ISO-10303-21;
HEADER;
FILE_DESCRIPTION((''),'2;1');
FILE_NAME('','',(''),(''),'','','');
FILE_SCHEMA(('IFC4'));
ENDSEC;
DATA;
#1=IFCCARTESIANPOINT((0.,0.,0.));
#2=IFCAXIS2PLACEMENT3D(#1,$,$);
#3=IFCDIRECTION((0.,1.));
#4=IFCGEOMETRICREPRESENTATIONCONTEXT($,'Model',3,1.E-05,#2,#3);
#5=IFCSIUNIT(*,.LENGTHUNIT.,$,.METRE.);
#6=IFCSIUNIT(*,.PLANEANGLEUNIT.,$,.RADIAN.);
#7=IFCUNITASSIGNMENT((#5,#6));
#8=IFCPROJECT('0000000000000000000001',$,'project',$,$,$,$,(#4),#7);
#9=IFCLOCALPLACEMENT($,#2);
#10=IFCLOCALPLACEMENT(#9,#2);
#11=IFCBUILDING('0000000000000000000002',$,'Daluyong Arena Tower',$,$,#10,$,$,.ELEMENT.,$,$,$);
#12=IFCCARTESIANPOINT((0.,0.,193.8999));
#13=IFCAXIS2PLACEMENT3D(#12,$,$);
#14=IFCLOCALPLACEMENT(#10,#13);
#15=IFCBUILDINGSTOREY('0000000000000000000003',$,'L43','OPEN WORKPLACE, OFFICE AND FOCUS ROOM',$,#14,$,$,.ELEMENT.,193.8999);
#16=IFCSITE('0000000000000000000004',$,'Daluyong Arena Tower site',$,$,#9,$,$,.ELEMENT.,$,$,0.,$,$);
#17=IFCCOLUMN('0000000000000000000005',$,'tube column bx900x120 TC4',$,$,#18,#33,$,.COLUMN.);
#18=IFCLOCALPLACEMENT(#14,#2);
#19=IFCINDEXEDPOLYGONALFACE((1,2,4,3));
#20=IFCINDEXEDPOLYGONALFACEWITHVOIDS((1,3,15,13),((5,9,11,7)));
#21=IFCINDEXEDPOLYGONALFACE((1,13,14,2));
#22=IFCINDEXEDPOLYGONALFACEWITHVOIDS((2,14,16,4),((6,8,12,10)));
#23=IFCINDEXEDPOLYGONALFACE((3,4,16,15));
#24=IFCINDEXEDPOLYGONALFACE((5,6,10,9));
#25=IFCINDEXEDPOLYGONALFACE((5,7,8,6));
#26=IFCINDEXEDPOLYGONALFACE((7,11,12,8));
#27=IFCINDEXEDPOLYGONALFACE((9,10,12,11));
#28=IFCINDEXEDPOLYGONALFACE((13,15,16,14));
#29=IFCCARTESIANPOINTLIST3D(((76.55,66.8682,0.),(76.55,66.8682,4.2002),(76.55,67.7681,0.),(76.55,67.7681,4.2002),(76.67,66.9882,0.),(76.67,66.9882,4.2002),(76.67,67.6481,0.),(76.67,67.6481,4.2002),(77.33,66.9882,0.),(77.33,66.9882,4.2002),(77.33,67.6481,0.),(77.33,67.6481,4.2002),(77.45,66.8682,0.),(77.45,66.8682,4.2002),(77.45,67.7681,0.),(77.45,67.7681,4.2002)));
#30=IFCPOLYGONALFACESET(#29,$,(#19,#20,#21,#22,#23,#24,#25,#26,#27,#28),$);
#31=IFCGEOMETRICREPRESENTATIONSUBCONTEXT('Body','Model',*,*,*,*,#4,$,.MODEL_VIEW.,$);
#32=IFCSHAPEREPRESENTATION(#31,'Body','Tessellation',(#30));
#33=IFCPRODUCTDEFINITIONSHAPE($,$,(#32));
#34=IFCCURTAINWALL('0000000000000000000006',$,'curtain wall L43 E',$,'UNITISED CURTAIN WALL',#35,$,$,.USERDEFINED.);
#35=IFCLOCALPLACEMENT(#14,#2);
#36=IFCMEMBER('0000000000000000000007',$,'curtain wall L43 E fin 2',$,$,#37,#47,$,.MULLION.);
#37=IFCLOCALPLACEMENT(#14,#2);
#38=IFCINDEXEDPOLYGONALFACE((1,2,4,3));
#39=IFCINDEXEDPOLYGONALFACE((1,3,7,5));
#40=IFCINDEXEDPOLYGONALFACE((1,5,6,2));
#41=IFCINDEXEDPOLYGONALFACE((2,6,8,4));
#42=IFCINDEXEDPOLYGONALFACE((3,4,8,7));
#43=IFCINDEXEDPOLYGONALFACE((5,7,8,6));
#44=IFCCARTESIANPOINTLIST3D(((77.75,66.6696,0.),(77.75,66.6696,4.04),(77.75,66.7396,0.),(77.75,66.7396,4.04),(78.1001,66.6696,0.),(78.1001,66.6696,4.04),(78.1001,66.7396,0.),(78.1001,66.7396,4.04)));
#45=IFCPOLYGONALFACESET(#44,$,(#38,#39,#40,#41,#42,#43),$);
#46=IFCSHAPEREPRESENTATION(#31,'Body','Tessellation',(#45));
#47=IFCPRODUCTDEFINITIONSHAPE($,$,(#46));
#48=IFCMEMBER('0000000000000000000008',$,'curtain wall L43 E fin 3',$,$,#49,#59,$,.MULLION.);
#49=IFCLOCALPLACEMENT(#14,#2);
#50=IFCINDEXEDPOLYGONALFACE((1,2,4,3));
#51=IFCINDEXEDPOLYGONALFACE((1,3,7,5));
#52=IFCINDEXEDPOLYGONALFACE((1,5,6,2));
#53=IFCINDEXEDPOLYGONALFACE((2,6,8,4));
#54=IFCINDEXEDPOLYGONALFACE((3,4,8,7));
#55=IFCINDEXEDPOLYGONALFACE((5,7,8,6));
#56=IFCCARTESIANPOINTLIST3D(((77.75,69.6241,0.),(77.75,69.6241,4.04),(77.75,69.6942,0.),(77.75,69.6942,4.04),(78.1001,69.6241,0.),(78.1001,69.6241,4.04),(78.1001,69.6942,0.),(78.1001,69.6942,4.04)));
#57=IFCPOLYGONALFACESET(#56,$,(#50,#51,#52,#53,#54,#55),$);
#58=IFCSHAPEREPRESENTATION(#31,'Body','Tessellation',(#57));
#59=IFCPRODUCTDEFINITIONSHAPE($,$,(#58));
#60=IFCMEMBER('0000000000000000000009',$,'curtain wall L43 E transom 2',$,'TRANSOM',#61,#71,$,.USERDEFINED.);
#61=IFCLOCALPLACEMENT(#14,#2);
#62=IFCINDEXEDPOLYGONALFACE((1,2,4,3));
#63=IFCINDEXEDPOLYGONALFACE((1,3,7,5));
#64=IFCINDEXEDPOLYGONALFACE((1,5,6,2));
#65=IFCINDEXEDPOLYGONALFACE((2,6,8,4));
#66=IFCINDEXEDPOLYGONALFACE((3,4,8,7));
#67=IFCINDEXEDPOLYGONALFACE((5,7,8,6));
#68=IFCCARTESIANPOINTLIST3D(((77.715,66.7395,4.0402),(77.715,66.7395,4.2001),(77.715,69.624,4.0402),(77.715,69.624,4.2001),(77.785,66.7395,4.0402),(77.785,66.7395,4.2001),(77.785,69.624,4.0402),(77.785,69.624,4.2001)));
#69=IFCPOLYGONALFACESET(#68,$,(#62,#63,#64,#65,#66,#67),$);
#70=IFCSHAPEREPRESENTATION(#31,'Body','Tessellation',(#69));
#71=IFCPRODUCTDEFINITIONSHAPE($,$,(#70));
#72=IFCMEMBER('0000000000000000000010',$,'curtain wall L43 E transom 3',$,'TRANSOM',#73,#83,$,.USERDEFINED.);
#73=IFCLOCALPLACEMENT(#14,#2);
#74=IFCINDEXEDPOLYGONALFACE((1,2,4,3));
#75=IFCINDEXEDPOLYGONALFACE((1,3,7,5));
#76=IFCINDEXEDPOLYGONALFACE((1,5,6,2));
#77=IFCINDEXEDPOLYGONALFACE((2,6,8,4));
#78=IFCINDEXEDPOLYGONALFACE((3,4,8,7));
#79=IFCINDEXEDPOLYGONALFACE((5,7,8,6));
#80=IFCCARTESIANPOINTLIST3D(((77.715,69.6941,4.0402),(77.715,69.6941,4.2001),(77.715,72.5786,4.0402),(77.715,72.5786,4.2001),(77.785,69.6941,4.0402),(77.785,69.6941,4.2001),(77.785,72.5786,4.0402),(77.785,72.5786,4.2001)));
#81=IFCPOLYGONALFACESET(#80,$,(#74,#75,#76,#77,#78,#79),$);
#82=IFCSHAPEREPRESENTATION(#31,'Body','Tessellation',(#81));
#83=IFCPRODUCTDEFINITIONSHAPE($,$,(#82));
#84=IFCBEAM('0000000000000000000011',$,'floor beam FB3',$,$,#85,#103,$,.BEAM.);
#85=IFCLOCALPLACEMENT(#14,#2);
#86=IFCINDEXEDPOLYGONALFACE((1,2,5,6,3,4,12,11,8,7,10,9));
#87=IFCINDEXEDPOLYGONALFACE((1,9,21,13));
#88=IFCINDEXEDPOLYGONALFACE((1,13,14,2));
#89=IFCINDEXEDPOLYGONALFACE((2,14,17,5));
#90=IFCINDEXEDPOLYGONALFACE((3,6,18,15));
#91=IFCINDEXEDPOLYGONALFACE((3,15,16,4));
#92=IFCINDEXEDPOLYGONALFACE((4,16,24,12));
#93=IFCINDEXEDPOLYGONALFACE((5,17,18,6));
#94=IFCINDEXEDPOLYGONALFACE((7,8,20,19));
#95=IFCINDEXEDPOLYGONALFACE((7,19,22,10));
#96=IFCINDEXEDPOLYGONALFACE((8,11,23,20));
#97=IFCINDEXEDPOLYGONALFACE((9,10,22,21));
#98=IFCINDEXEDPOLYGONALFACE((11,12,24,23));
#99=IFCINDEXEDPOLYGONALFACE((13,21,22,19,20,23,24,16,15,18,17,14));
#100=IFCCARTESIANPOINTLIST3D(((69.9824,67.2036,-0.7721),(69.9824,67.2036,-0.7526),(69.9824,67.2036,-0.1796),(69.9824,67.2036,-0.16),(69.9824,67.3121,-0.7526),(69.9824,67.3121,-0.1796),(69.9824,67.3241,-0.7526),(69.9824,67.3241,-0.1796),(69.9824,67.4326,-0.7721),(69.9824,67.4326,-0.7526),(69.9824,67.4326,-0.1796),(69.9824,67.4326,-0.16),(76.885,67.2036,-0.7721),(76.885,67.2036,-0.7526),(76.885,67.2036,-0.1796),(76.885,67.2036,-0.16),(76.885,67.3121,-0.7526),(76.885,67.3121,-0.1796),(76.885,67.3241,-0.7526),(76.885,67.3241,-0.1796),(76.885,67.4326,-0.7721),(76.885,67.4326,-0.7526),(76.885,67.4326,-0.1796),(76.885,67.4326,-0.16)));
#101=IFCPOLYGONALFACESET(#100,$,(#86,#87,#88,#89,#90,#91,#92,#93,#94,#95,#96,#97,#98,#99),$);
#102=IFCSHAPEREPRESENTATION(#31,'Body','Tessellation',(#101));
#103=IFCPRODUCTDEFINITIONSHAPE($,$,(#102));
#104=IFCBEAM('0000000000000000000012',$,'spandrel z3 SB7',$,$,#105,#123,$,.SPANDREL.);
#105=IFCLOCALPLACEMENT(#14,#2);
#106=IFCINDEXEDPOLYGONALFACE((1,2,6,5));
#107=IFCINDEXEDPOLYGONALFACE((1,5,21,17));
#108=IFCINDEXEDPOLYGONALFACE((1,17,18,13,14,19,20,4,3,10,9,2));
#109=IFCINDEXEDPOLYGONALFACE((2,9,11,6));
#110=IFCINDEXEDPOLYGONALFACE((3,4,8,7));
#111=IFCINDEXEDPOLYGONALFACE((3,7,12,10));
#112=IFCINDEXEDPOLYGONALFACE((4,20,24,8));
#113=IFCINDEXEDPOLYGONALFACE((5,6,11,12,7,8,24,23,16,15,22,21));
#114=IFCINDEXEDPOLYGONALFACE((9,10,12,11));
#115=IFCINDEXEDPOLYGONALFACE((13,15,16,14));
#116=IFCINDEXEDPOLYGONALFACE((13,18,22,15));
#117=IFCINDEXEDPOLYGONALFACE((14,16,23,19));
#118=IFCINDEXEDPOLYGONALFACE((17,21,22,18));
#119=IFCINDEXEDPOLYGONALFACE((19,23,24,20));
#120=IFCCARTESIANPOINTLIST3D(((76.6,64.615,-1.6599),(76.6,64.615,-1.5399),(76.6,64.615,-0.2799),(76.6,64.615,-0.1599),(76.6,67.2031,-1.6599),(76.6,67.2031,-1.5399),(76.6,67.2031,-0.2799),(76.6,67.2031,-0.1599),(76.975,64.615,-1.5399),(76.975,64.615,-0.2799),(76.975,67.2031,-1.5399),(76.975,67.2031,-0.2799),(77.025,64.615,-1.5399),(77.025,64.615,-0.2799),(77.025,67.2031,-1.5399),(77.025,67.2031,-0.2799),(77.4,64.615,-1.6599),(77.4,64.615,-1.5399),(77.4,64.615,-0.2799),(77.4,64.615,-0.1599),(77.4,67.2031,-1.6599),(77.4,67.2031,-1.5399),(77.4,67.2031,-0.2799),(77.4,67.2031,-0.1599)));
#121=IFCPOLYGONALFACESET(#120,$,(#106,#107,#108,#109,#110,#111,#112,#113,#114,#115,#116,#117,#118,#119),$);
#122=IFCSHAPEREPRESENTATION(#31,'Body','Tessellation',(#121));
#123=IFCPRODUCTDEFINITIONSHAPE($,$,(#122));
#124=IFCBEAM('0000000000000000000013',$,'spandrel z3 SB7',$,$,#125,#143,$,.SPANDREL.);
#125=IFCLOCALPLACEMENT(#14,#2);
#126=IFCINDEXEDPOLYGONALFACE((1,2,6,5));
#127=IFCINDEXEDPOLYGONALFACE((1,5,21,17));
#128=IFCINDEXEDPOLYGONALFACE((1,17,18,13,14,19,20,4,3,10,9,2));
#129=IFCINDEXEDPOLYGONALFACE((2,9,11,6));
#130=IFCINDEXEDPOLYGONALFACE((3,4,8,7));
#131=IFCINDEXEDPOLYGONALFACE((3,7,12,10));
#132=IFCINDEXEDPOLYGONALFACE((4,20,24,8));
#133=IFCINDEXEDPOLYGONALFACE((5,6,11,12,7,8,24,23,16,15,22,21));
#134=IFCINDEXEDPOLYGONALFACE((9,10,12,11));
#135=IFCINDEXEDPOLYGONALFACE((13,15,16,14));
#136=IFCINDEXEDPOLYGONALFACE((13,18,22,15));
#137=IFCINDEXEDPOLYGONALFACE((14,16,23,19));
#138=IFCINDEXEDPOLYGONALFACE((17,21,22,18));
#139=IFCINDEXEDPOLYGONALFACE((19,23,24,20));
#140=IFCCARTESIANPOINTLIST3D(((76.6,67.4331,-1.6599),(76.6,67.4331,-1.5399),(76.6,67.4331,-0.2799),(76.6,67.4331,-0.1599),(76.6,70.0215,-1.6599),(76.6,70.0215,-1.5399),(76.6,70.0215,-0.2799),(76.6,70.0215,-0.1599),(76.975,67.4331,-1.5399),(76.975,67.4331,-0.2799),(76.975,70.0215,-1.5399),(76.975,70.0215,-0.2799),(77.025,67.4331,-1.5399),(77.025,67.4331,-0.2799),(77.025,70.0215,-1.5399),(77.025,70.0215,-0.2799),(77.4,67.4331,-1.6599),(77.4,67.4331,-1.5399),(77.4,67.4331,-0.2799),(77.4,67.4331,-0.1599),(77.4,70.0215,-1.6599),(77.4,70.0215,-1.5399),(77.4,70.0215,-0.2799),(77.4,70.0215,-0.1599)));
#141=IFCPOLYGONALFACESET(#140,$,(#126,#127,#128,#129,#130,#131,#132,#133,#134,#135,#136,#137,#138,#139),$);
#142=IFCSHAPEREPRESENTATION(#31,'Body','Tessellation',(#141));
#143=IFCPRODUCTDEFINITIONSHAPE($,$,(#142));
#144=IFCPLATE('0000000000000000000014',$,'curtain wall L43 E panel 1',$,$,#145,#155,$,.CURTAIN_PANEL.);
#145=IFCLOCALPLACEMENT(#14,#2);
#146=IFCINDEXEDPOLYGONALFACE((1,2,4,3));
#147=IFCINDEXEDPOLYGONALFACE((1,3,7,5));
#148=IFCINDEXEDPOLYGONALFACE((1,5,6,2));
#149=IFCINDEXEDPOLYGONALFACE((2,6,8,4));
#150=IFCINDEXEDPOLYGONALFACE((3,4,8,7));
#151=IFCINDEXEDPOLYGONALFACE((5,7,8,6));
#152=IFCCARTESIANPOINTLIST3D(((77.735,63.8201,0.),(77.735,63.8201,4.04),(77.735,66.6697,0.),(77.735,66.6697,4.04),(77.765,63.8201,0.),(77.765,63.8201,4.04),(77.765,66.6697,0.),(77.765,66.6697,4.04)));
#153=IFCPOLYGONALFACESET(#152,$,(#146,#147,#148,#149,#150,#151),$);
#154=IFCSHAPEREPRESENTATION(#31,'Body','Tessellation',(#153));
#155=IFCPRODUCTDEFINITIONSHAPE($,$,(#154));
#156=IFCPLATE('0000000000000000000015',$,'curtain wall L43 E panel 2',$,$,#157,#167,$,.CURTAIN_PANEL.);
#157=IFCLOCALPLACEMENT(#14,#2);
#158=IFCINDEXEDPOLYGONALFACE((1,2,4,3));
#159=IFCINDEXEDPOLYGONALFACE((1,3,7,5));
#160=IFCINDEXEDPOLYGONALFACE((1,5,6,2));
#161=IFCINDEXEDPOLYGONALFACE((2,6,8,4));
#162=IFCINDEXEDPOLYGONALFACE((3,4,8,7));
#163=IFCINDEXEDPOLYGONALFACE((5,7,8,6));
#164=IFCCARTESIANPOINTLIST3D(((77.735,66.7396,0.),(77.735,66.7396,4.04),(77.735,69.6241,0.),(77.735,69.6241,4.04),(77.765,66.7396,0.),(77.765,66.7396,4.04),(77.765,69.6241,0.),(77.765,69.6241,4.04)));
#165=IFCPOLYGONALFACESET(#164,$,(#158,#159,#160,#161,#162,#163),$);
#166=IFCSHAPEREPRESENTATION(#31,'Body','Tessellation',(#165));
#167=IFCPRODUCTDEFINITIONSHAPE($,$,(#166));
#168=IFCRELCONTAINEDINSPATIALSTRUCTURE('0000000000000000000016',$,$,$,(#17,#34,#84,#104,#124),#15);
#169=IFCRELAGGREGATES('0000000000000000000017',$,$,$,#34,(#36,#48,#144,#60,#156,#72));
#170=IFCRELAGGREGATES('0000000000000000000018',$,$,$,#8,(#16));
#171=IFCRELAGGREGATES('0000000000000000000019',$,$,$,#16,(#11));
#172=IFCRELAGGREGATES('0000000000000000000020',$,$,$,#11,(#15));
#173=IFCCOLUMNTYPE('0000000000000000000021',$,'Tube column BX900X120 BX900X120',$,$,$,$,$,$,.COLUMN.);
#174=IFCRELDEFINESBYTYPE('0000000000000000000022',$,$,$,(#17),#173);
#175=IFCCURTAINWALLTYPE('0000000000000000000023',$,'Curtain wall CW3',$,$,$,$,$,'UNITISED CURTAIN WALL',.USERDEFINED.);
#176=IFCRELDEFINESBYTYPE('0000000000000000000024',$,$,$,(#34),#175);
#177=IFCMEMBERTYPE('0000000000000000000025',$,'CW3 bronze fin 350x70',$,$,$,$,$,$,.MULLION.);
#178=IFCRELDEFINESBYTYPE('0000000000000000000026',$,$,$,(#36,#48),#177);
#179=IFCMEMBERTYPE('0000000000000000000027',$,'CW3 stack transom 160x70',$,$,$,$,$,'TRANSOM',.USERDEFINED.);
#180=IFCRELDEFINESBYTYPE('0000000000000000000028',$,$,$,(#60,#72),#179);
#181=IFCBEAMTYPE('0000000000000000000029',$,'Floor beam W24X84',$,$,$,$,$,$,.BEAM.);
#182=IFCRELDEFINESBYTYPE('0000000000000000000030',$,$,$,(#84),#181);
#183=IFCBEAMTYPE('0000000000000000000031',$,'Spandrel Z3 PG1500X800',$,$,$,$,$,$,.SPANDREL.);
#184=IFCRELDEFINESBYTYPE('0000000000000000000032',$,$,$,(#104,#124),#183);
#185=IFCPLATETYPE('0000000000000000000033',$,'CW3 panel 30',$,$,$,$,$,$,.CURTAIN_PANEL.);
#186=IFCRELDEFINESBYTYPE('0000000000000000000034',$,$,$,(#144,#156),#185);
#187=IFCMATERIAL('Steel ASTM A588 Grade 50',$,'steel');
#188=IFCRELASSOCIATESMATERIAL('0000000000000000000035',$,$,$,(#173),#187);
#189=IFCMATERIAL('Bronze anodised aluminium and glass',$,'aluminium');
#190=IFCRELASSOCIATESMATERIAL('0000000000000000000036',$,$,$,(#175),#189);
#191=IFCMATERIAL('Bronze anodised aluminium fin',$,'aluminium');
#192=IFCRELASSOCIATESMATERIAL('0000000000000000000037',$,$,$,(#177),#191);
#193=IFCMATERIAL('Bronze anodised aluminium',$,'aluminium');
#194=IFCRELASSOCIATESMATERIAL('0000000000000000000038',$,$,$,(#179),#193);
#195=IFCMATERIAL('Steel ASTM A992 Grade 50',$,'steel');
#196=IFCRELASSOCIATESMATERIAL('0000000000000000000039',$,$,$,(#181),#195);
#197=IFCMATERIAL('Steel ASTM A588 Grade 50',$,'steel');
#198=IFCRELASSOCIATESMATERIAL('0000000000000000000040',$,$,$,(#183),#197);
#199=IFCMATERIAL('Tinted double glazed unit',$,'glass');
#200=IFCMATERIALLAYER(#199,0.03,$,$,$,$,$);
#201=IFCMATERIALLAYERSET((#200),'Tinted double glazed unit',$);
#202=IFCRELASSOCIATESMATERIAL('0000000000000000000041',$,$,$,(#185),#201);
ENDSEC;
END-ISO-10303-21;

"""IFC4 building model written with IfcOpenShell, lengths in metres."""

from ifc_helpers import new_model, si_unit, direction, frame, origin, origin_2d, place, context, subcontext, project, spatial, rectangle, hollow_rectangle, i_section, extrude, material, layer, layer_set, material_profile, profile_set, type_object, element, aggregate, save


model = new_model("IFC4")

# Units and contexts
model_context = context("Model", 3, precision=1e-05, world=origin(), true_north=direction((0.0, 1.0)))
body_context = subcontext(model_context, "Body", "Model", "MODEL_VIEW")
ifc_project = project(units=[si_unit("LENGTHUNIT", "METRE"), si_unit("PLANEANGLEUNIT", "RADIAN")], contexts=[model_context])

# Site, building, storey
site_placement = place(None, origin())
site = spatial("IfcSite", under=ifc_project, at=site_placement, Name="Daluyong Arena Tower site", CompositionType="ELEMENT", RefElevation=0.0)
building_placement = place(site_placement, origin())
building = spatial("IfcBuilding", under=site, at=building_placement, Name="Daluyong Arena Tower", CompositionType="ELEMENT")
storey_placement = place(building_placement, frame((0.0, 0.0, 193.8999)))
storey = spatial("IfcBuildingStorey", under=building, at=storey_placement, Name="L43", Description="OPEN WORKPLACE, OFFICE AND FOCUS ROOM", CompositionType="ELEMENT", Elevation=193.8999)

# Column
ifc_material_1 = material(Name="Steel ASTM A588 Grade 50", Category="steel")
ifc_material_profile_1 = material_profile(ifc_material_1, hollow_rectangle(XDim=0.8999, YDim=0.8999, WallThickness=0.12, at=origin_2d()))
ifc_profile_set_1 = profile_set([ifc_material_profile_1], Name="Steel ASTM A588 Grade 50")
column_type = type_object("IfcColumnType", Name="Tube column BX900X120 BX900X120", PredefinedType="COLUMN", material=ifc_profile_set_1)
column_placement = place(storey_placement, frame((77.0, 67.3181, 0.0), z_axis=(0.0, 0.0, 1.0), x_axis=(0.0, 1.0, 0.0)))
element("IfcColumn", 1, at=column_placement, inside=storey, type_object=column_type, Name="tube column bx900x120 TC4", PredefinedType="COLUMN", context=body_context, shape_type="SweptSolid", body=[
    extrude(hollow_rectangle(XDim=0.8999, YDim=0.8999, WallThickness=0.12, at=origin_2d()), origin(), (0.0, 0.0, 1.0), 4.2002),
])

# Curtain wall, members
ifc_material_2 = material(Name="Bronze anodised aluminium and glass", Category="aluminium")
curtain_wall_type = type_object("IfcCurtainWallType", Name="Curtain wall CW3", ElementType="UNITISED CURTAIN WALL", PredefinedType="USERDEFINED", material=ifc_material_2)
curtain_wall_placement = place(storey_placement, origin())
curtain_wall = element("IfcCurtainWall", 2, at=curtain_wall_placement, inside=storey, type_object=curtain_wall_type, Name="curtain wall L43 E", ObjectType="UNITISED CURTAIN WALL", PredefinedType="USERDEFINED")
ifc_material_3 = material(Name="Bronze anodised aluminium fin", Category="aluminium")
ifc_material_profile_2 = material_profile(ifc_material_3, rectangle(XDim=0.3501, YDim=0.0701, at=origin_2d()))
ifc_profile_set_2 = profile_set([ifc_material_profile_2], Name="Bronze anodised aluminium fin")
member_type_1 = type_object("IfcMemberType", Name="CW3 bronze fin 350x70", PredefinedType="MULLION", material=ifc_profile_set_2)
member_1_placement = place(storey_placement, frame((77.925, 66.7046, 0.0), z_axis=(0.0, 0.0, 1.0), x_axis=(-1.0, 0.0, 0.0)))
member_1 = element("IfcMember", 3, at=member_1_placement, type_object=member_type_1, Name="curtain wall L43 E fin 2", PredefinedType="MULLION", context=body_context, shape_type="SweptSolid", body=[
    extrude(rectangle(XDim=0.3501, YDim=0.0701, at=origin_2d()), origin(), (0.0, 0.0, 1.0), 4.04),
])
member_2_placement = place(storey_placement, frame((77.925, 69.6592, 0.0), z_axis=(0.0, 0.0, 1.0), x_axis=(-1.0, 0.0, 0.0)))
member_2 = element("IfcMember", 4, at=member_2_placement, type_object=member_type_1, Name="curtain wall L43 E fin 3", PredefinedType="MULLION", context=body_context, shape_type="SweptSolid", body=[
    extrude(rectangle(XDim=0.3501, YDim=0.0701, at=origin_2d()), origin(), (0.0, 0.0, 1.0), 4.04),
])
ifc_material_4 = material(Name="Bronze anodised aluminium", Category="aluminium")
ifc_material_profile_3 = material_profile(ifc_material_4, rectangle(XDim=0.0701, YDim=0.1599, at=origin_2d()))
ifc_profile_set_3 = profile_set([ifc_material_profile_3], Name="Bronze anodised aluminium")
member_type_2 = type_object("IfcMemberType", Name="CW3 stack transom 160x70", ElementType="TRANSOM", PredefinedType="USERDEFINED", material=ifc_profile_set_3)
member_3_placement = place(storey_placement, frame((77.75, 66.7395, 4.1201), z_axis=(0.0, 1.0, 0.0), x_axis=(-1.0, 0.0, 0.0)))
member_3 = element("IfcMember", 5, at=member_3_placement, type_object=member_type_2, Name="curtain wall L43 E transom 2", ObjectType="TRANSOM", PredefinedType="USERDEFINED", context=body_context, shape_type="SweptSolid", body=[
    extrude(rectangle(XDim=0.0701, YDim=0.1599, at=origin_2d()), origin(), (0.0, 0.0, 1.0), 2.8845),
])
member_4_placement = place(storey_placement, frame((77.75, 69.6941, 4.1201), z_axis=(0.0, 1.0, 0.0), x_axis=(-1.0, 0.0, 0.0)))
member_4 = element("IfcMember", 6, at=member_4_placement, type_object=member_type_2, Name="curtain wall L43 E transom 3", ObjectType="TRANSOM", PredefinedType="USERDEFINED", context=body_context, shape_type="SweptSolid", body=[
    extrude(rectangle(XDim=0.0701, YDim=0.1599, at=origin_2d()), origin(), (0.0, 0.0, 1.0), 2.8845),
])

# Beams
ifc_material_5 = material(Name="Steel ASTM A992 Grade 50", Category="steel")
ifc_material_profile_4 = material_profile(ifc_material_5, i_section(OverallWidth=0.229, OverallDepth=0.6121, WebThickness=0.012, FlangeThickness=0.0195, at=origin_2d()))
ifc_profile_set_4 = profile_set([ifc_material_profile_4], Name="Steel ASTM A992 Grade 50")
beam_type_1 = type_object("IfcBeamType", Name="Floor beam W24X84", PredefinedType="BEAM", material=ifc_profile_set_4)
beam_1_placement = place(storey_placement, frame((76.885, 67.3181, -0.4661), z_axis=(-1.0, 0.0, 0.0), x_axis=(0.0, -1.0, 0.0)))
element("IfcBeam", 7, at=beam_1_placement, inside=storey, type_object=beam_type_1, Name="floor beam FB3", PredefinedType="BEAM", context=body_context, shape_type="SweptSolid", body=[
    extrude(i_section(OverallWidth=0.229, OverallDepth=0.6121, WebThickness=0.012, FlangeThickness=0.0195, at=origin_2d()), origin(), (0.0, 0.0, 1.0), 6.9026),
])
ifc_material_6 = material(Name="Steel ASTM A588 Grade 50", Category="steel")
ifc_material_profile_5 = material_profile(ifc_material_6, i_section(OverallWidth=0.8, OverallDepth=1.5, WebThickness=0.05, FlangeThickness=0.12, at=origin_2d()))
ifc_profile_set_5 = profile_set([ifc_material_profile_5], Name="Steel ASTM A588 Grade 50")
beam_type_2 = type_object("IfcBeamType", Name="Spandrel Z3 PG1500X800", PredefinedType="SPANDREL", material=ifc_profile_set_5)
beam_2_placement = place(storey_placement, frame((77.0, 64.615, -0.9099), z_axis=(0.0, 1.0, 0.0), x_axis=(-1.0, 0.0, 0.0)))
element("IfcBeam", 8, at=beam_2_placement, inside=storey, type_object=beam_type_2, Name="spandrel z3 SB7", PredefinedType="SPANDREL", context=body_context, shape_type="SweptSolid", body=[
    extrude(i_section(OverallWidth=0.8, OverallDepth=1.5, WebThickness=0.05, FlangeThickness=0.12, at=origin_2d()), origin(), (0.0, 0.0, 1.0), 2.5881),
])
beam_3_placement = place(storey_placement, frame((77.0, 67.4331, -0.9099), z_axis=(0.0, 1.0, 0.0), x_axis=(-1.0, 0.0, 0.0)))
element("IfcBeam", 9, at=beam_3_placement, inside=storey, type_object=beam_type_2, Name="spandrel z3 SB7", PredefinedType="SPANDREL", context=body_context, shape_type="SweptSolid", body=[
    extrude(i_section(OverallWidth=0.8, OverallDepth=1.5, WebThickness=0.05, FlangeThickness=0.12, at=origin_2d()), origin(), (0.0, 0.0, 1.0), 2.5884),
])

# Plates
ifc_material_7 = material(Name="Tinted double glazed unit", Category="glass")
ifc_layer_1 = layer(ifc_material_7, 0.03)
ifc_layer_set_1 = layer_set([ifc_layer_1], Name="Tinted double glazed unit")
plate_type = type_object("IfcPlateType", Name="CW3 panel 30", PredefinedType="CURTAIN_PANEL", material=ifc_layer_set_1)
plate_1_placement = place(storey_placement, frame((77.75, 65.2449, 0.0), z_axis=(0.0, 0.0, 1.0), x_axis=(0.0, 1.0, 0.0)))
plate_1 = element("IfcPlate", 10, at=plate_1_placement, type_object=plate_type, Name="curtain wall L43 E panel 1", PredefinedType="CURTAIN_PANEL", context=body_context, shape_type="SweptSolid", body=[
    extrude(rectangle(XDim=2.8496, YDim=0.03, at=origin_2d()), origin(), (0.0, 0.0, 1.0), 4.04),
])
plate_2_placement = place(storey_placement, frame((77.75, 68.1819, 0.0), z_axis=(0.0, 0.0, 1.0), x_axis=(0.0, 1.0, 0.0)))
plate_2 = element("IfcPlate", 11, at=plate_2_placement, type_object=plate_type, Name="curtain wall L43 E panel 2", PredefinedType="CURTAIN_PANEL", context=body_context, shape_type="SweptSolid", body=[
    extrude(rectangle(XDim=2.8845, YDim=0.03, at=origin_2d()), origin(), (0.0, 0.0, 1.0), 4.04),
])
aggregate(curtain_wall, [member_1, member_2, plate_1, member_3, plate_2, member_4])

save(model, "model.ifc")
